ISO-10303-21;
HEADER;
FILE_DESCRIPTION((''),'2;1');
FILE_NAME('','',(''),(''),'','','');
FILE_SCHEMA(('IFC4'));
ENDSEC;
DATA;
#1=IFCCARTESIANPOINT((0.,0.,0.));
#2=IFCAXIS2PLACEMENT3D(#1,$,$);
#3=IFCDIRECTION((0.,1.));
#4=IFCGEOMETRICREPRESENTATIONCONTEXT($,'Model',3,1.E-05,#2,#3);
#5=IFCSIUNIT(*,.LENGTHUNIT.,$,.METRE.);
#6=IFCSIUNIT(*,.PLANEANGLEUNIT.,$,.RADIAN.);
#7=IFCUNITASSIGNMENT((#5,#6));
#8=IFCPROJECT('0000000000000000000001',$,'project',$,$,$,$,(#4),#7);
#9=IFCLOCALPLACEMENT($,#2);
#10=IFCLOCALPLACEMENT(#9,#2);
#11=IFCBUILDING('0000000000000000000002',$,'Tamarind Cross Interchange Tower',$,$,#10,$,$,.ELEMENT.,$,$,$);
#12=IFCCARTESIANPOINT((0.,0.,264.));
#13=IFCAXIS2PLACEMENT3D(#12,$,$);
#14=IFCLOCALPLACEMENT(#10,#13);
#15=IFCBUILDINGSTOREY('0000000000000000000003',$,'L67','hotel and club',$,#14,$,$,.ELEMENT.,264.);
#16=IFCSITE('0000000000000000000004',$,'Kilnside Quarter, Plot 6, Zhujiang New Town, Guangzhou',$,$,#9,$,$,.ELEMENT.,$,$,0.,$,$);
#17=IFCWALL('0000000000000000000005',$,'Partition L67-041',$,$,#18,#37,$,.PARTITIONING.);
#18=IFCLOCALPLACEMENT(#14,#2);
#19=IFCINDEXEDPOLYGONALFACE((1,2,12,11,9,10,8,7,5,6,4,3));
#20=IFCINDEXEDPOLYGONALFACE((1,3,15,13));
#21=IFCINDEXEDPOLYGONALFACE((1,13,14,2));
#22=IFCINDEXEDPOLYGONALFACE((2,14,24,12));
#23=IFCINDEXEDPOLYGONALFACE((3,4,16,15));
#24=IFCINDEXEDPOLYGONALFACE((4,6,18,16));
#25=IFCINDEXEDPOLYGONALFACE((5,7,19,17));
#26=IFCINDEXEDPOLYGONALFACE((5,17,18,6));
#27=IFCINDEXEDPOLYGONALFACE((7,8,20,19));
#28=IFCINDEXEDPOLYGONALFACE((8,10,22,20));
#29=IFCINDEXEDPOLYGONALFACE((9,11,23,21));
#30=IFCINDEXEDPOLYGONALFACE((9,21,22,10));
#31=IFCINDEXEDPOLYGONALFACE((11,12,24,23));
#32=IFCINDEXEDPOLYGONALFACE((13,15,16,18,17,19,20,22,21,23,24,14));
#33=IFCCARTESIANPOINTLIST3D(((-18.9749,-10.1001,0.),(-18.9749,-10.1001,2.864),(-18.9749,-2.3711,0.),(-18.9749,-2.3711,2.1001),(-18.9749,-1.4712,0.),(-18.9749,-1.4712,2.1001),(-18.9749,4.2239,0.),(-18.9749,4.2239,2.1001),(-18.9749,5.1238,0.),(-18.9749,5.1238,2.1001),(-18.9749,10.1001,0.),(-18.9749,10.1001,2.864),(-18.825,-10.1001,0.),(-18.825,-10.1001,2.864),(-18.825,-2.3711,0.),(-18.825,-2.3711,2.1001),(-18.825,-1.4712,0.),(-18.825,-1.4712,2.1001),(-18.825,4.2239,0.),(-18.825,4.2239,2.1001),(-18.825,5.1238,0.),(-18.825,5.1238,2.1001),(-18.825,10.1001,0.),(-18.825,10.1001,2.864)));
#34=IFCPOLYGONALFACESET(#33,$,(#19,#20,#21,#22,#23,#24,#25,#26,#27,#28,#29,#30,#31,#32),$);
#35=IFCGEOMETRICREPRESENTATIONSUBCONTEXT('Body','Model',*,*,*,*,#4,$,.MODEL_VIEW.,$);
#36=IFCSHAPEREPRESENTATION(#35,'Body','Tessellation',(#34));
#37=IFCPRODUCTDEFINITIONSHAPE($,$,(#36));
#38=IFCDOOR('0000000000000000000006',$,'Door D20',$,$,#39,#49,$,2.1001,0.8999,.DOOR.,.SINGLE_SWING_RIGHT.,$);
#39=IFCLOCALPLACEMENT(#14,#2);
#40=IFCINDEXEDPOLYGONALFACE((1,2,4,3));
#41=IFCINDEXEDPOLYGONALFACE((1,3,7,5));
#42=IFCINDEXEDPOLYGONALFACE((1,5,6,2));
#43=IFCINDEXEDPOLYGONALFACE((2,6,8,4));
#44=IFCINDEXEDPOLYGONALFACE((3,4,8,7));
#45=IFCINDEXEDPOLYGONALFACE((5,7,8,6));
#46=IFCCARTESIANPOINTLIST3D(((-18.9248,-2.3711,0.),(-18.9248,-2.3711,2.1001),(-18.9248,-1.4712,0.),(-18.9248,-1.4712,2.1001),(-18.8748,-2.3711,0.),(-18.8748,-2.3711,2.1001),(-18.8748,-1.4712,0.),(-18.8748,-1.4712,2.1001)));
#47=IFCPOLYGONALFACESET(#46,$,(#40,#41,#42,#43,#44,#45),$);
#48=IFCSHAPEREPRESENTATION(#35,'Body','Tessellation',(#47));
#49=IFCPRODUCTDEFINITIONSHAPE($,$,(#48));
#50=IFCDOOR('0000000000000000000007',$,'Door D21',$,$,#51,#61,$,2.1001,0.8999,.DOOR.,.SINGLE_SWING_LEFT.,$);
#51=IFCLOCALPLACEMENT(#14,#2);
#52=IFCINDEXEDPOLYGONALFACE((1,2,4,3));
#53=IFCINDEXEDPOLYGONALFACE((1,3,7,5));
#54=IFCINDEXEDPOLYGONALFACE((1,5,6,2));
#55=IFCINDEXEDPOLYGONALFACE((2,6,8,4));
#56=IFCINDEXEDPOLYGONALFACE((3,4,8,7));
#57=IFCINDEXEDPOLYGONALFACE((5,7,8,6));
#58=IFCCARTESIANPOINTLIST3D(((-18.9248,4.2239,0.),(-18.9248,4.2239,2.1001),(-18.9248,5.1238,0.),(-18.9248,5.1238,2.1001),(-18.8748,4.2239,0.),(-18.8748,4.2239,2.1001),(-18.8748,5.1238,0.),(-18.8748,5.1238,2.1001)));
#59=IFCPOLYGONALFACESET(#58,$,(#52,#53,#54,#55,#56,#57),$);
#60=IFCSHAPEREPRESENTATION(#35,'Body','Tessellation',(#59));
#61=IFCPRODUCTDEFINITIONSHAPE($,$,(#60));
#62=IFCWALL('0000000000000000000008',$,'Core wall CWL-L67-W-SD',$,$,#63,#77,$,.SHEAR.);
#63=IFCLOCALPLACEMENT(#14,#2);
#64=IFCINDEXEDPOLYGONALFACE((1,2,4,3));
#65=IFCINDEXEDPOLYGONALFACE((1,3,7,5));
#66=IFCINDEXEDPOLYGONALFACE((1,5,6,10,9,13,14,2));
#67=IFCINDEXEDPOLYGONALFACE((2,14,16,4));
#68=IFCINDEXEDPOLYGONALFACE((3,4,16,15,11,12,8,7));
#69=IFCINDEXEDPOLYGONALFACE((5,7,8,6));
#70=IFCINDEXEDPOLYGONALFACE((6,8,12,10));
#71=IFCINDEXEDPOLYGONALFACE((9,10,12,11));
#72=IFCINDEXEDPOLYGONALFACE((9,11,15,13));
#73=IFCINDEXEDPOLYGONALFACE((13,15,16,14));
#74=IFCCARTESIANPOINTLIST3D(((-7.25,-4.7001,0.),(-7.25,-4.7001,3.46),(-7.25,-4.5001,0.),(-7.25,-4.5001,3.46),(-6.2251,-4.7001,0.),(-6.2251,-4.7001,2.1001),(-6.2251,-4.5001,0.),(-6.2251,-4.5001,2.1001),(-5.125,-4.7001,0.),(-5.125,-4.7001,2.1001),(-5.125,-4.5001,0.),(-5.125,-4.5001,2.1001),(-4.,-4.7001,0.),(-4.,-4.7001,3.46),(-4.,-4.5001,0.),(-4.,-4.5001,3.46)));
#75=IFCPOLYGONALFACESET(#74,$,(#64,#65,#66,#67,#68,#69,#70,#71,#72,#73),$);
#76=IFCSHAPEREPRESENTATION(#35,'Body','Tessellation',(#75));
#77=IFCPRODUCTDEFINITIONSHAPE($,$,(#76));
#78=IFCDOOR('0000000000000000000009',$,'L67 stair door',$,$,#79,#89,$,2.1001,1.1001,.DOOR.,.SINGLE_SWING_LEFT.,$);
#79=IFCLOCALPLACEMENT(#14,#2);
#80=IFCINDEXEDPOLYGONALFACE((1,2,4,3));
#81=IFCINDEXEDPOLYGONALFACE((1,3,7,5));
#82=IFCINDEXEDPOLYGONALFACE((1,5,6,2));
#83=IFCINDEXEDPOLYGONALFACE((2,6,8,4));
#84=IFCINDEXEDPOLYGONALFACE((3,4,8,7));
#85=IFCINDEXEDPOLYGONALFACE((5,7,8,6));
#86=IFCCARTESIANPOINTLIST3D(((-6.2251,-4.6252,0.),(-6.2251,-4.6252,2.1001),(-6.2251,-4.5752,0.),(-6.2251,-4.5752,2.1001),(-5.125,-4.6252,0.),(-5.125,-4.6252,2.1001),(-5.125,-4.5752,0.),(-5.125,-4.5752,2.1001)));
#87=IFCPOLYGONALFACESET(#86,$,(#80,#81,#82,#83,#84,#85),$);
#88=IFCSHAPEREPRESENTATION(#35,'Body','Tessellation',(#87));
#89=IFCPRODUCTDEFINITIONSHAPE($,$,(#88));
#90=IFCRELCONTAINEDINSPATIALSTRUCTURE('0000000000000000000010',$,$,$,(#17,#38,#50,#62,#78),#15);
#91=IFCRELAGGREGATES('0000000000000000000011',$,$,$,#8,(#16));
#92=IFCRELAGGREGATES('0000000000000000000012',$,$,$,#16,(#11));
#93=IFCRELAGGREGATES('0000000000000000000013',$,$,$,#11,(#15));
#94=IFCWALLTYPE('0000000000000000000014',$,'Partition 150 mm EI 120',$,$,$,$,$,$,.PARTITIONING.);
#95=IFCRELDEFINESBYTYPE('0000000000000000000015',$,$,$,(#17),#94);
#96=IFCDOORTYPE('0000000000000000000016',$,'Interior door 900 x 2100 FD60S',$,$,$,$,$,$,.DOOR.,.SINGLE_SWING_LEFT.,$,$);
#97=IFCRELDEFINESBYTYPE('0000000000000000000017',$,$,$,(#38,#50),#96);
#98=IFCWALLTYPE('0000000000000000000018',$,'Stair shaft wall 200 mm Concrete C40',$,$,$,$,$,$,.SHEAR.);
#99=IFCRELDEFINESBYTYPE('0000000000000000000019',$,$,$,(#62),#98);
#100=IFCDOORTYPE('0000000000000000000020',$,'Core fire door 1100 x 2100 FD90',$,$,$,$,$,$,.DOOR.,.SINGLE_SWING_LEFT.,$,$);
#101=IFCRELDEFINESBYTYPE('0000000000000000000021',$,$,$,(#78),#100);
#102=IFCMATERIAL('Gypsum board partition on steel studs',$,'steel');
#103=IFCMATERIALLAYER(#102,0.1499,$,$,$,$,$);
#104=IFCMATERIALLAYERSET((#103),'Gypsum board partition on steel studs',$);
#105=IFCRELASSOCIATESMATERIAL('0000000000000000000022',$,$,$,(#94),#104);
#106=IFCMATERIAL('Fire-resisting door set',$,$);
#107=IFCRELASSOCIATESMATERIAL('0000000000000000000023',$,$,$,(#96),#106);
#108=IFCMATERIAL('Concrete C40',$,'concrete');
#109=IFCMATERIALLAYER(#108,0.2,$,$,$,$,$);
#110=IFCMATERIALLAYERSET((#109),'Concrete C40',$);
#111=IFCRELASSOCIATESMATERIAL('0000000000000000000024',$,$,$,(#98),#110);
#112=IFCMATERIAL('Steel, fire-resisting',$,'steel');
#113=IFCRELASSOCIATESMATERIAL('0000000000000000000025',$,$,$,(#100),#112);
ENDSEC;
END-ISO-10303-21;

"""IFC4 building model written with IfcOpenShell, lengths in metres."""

from ifc_helpers import new_model, si_unit, direction, frame, frame_2d, origin, place, context, subcontext, project, spatial, rectangle, extrude, material, layer, layer_set, type_object, element, fill, save


model = new_model("IFC4")

# Units and contexts
model_context = context("Model", 3, precision=1e-05, world=origin(), true_north=direction((0.0, 1.0)))
body_context = subcontext(model_context, "Body", "Model", "MODEL_VIEW")
ifc_project = project(units=[si_unit("LENGTHUNIT", "METRE"), si_unit("PLANEANGLEUNIT", "RADIAN")], contexts=[model_context])

# Site, building, storey
site_placement = place(None, origin())
site = spatial("IfcSite", under=ifc_project, at=site_placement, Name="Kilnside Quarter, Plot 6, Zhujiang New Town, Guangzhou", CompositionType="ELEMENT", RefElevation=0.0)
building_placement = place(site_placement, origin())
building = spatial("IfcBuilding", under=site, at=building_placement, Name="Tamarind Cross Interchange Tower", CompositionType="ELEMENT")
storey_placement = place(building_placement, frame((0.0, 0.0, 264.0)))
storey = spatial("IfcBuildingStorey", under=building, at=storey_placement, Name="L67", Description="hotel and club", CompositionType="ELEMENT", Elevation=264.0)

# Shared definitions
ifc_material_1 = material(Name="Steel, fire-resisting", Category="steel")

# Shared definitions
ifc_material_2 = material(Name="Gypsum board partition on steel studs", Category="steel")
ifc_layer_1 = layer(ifc_material_2, 0.1499)
ifc_layer_set_1 = layer_set([ifc_layer_1], Name="Gypsum board partition on steel studs")
wall_type_1 = type_object("IfcWallType", Name="Partition 150 mm EI 120", PredefinedType="PARTITIONING", material=ifc_layer_set_1)

# Wall, openings, doors
wall_1_placement = place(storey_placement, frame((-18.8999, -10.1001, 0.0), z_axis=(0.0, 0.0, 1.0), x_axis=(0.0, 1.0, 0.0)))
wall_1 = element("IfcWall", 1, at=wall_1_placement, inside=storey, type_object=wall_type_1, Name="Partition L67-041", PredefinedType="PARTITIONING", context=body_context, shape_type="SweptSolid", body=[
    extrude(rectangle(XDim=20.2002, YDim=0.1499, at=frame_2d((10.1001, 0.0))), origin(), (0.0, 0.0, 1.0), 2.864),
])
opening_1_placement = place(wall_1_placement, frame((7.729, 0.0, 0.0)))
opening_1 = element("IfcOpeningElement", 2, at=opening_1_placement, cuts=wall_1, PredefinedType="OPENING", context=body_context, shape_type="SweptSolid", body=[
    extrude(rectangle(XDim=0.8999, YDim=2.1001, at=frame_2d((0.45, 1.05))), frame((0.0, 0.085, 0.0), z_axis=(0.0, -1.0, 0.0), x_axis=(1.0, 0.0, 0.0)), (0.0, 0.0, 1.0), 0.1699),
])
opening_2_placement = place(wall_1_placement, frame((14.324, 0.0, 0.0)))
opening_2 = element("IfcOpeningElement", 3, at=opening_2_placement, cuts=wall_1, PredefinedType="OPENING", context=body_context, shape_type="SweptSolid", body=[
    extrude(rectangle(XDim=0.8999, YDim=2.1001, at=frame_2d((0.45, 1.05))), frame((0.0, 0.085, 0.0), z_axis=(0.0, -1.0, 0.0), x_axis=(1.0, 0.0, 0.0)), (0.0, 0.0, 1.0), 0.1699),
])
ifc_material_3 = material(Name="Fire-resisting door set")
door_type_1 = type_object("IfcDoorType", Name="Interior door 900 x 2100 FD60S", OperationType="SINGLE_SWING_LEFT", PredefinedType="DOOR", material=ifc_material_3)
door_1_placement = place(opening_1_placement, origin())
door_1 = element("IfcDoor", 4, at=door_1_placement, inside=storey, type_object=door_type_1, Name="Door D20", OperationType="SINGLE_SWING_RIGHT", OverallHeight=2.1001, OverallWidth=0.8999, PredefinedType="DOOR", context=body_context, shape_type="SweptSolid", body=[
    extrude(rectangle(XDim=0.8999, YDim=2.1001, at=frame_2d((0.45, 1.05))), frame((0.0, 0.0249, 0.0), z_axis=(0.0, -1.0, 0.0), x_axis=(1.0, 0.0, 0.0)), (0.0, 0.0, 1.0), 0.05),
])
fill(opening_1, door_1)
door_2_placement = place(opening_2_placement, origin())
door_2 = element("IfcDoor", 5, at=door_2_placement, inside=storey, type_object=door_type_1, Name="Door D21", OperationType="SINGLE_SWING_LEFT", OverallHeight=2.1001, OverallWidth=0.8999, PredefinedType="DOOR", context=body_context, shape_type="SweptSolid", body=[
    extrude(rectangle(XDim=0.8999, YDim=2.1001, at=frame_2d((0.45, 1.05))), frame((0.0, 0.0249, 0.0), z_axis=(0.0, -1.0, 0.0), x_axis=(1.0, 0.0, 0.0)), (0.0, 0.0, 1.0), 0.05),
])
fill(opening_2, door_2)

# Wall, opening, door
ifc_material_4 = material(Name="Concrete C40", Category="concrete")
ifc_layer_2 = layer(ifc_material_4, 0.2)
ifc_layer_set_2 = layer_set([ifc_layer_2], Name="Concrete C40")
wall_type_2 = type_object("IfcWallType", Name="Stair shaft wall 200 mm Concrete C40", PredefinedType="SHEAR", material=ifc_layer_set_2)
wall_2_placement = place(storey_placement, frame((-7.25, -4.6001, 0.0), z_axis=(0.0, 0.0, 1.0), x_axis=(1.0, 0.0, 0.0)))
wall_2 = element("IfcWall", 6, at=wall_2_placement, inside=storey, type_object=wall_type_2, Name="Core wall CWL-L67-W-SD", PredefinedType="SHEAR", context=body_context, shape_type="SweptSolid", body=[
    extrude(rectangle(XDim=3.25, YDim=0.2, at=frame_2d((1.625, 0.0))), origin(), (0.0, 0.0, 1.0), 3.46),
])
opening_3_placement = place(wall_2_placement, frame((1.0249, 0.0, 0.0)))
opening_3 = element("IfcOpeningElement", 7, at=opening_3_placement, cuts=wall_2, PredefinedType="OPENING", context=body_context, shape_type="SweptSolid", body=[
    extrude(rectangle(XDim=1.1001, YDim=2.1001, at=frame_2d((0.55, 1.05))), frame((0.0, 0.1099, 0.0), z_axis=(0.0, -1.0, 0.0), x_axis=(1.0, 0.0, 0.0)), (0.0, 0.0, 1.0), 0.22),
])
door_type_2 = type_object("IfcDoorType", Name="Core fire door 1100 x 2100 FD90", OperationType="SINGLE_SWING_LEFT", PredefinedType="DOOR", material=ifc_material_1)
door_3_placement = place(opening_3_placement, origin())
door_3 = element("IfcDoor", 8, at=door_3_placement, inside=storey, type_object=door_type_2, Name="L67 stair door", OperationType="SINGLE_SWING_LEFT", OverallHeight=2.1001, OverallWidth=1.1001, PredefinedType="DOOR", context=body_context, shape_type="SweptSolid", body=[
    extrude(rectangle(XDim=1.1001, YDim=2.1001, at=frame_2d((0.55, 1.05))), frame((0.0, 0.0249, 0.0), z_axis=(0.0, -1.0, 0.0), x_axis=(1.0, 0.0, 0.0)), (0.0, 0.0, 1.0), 0.05),
])
fill(opening_3, door_3)

save(model, "model.ifc")
